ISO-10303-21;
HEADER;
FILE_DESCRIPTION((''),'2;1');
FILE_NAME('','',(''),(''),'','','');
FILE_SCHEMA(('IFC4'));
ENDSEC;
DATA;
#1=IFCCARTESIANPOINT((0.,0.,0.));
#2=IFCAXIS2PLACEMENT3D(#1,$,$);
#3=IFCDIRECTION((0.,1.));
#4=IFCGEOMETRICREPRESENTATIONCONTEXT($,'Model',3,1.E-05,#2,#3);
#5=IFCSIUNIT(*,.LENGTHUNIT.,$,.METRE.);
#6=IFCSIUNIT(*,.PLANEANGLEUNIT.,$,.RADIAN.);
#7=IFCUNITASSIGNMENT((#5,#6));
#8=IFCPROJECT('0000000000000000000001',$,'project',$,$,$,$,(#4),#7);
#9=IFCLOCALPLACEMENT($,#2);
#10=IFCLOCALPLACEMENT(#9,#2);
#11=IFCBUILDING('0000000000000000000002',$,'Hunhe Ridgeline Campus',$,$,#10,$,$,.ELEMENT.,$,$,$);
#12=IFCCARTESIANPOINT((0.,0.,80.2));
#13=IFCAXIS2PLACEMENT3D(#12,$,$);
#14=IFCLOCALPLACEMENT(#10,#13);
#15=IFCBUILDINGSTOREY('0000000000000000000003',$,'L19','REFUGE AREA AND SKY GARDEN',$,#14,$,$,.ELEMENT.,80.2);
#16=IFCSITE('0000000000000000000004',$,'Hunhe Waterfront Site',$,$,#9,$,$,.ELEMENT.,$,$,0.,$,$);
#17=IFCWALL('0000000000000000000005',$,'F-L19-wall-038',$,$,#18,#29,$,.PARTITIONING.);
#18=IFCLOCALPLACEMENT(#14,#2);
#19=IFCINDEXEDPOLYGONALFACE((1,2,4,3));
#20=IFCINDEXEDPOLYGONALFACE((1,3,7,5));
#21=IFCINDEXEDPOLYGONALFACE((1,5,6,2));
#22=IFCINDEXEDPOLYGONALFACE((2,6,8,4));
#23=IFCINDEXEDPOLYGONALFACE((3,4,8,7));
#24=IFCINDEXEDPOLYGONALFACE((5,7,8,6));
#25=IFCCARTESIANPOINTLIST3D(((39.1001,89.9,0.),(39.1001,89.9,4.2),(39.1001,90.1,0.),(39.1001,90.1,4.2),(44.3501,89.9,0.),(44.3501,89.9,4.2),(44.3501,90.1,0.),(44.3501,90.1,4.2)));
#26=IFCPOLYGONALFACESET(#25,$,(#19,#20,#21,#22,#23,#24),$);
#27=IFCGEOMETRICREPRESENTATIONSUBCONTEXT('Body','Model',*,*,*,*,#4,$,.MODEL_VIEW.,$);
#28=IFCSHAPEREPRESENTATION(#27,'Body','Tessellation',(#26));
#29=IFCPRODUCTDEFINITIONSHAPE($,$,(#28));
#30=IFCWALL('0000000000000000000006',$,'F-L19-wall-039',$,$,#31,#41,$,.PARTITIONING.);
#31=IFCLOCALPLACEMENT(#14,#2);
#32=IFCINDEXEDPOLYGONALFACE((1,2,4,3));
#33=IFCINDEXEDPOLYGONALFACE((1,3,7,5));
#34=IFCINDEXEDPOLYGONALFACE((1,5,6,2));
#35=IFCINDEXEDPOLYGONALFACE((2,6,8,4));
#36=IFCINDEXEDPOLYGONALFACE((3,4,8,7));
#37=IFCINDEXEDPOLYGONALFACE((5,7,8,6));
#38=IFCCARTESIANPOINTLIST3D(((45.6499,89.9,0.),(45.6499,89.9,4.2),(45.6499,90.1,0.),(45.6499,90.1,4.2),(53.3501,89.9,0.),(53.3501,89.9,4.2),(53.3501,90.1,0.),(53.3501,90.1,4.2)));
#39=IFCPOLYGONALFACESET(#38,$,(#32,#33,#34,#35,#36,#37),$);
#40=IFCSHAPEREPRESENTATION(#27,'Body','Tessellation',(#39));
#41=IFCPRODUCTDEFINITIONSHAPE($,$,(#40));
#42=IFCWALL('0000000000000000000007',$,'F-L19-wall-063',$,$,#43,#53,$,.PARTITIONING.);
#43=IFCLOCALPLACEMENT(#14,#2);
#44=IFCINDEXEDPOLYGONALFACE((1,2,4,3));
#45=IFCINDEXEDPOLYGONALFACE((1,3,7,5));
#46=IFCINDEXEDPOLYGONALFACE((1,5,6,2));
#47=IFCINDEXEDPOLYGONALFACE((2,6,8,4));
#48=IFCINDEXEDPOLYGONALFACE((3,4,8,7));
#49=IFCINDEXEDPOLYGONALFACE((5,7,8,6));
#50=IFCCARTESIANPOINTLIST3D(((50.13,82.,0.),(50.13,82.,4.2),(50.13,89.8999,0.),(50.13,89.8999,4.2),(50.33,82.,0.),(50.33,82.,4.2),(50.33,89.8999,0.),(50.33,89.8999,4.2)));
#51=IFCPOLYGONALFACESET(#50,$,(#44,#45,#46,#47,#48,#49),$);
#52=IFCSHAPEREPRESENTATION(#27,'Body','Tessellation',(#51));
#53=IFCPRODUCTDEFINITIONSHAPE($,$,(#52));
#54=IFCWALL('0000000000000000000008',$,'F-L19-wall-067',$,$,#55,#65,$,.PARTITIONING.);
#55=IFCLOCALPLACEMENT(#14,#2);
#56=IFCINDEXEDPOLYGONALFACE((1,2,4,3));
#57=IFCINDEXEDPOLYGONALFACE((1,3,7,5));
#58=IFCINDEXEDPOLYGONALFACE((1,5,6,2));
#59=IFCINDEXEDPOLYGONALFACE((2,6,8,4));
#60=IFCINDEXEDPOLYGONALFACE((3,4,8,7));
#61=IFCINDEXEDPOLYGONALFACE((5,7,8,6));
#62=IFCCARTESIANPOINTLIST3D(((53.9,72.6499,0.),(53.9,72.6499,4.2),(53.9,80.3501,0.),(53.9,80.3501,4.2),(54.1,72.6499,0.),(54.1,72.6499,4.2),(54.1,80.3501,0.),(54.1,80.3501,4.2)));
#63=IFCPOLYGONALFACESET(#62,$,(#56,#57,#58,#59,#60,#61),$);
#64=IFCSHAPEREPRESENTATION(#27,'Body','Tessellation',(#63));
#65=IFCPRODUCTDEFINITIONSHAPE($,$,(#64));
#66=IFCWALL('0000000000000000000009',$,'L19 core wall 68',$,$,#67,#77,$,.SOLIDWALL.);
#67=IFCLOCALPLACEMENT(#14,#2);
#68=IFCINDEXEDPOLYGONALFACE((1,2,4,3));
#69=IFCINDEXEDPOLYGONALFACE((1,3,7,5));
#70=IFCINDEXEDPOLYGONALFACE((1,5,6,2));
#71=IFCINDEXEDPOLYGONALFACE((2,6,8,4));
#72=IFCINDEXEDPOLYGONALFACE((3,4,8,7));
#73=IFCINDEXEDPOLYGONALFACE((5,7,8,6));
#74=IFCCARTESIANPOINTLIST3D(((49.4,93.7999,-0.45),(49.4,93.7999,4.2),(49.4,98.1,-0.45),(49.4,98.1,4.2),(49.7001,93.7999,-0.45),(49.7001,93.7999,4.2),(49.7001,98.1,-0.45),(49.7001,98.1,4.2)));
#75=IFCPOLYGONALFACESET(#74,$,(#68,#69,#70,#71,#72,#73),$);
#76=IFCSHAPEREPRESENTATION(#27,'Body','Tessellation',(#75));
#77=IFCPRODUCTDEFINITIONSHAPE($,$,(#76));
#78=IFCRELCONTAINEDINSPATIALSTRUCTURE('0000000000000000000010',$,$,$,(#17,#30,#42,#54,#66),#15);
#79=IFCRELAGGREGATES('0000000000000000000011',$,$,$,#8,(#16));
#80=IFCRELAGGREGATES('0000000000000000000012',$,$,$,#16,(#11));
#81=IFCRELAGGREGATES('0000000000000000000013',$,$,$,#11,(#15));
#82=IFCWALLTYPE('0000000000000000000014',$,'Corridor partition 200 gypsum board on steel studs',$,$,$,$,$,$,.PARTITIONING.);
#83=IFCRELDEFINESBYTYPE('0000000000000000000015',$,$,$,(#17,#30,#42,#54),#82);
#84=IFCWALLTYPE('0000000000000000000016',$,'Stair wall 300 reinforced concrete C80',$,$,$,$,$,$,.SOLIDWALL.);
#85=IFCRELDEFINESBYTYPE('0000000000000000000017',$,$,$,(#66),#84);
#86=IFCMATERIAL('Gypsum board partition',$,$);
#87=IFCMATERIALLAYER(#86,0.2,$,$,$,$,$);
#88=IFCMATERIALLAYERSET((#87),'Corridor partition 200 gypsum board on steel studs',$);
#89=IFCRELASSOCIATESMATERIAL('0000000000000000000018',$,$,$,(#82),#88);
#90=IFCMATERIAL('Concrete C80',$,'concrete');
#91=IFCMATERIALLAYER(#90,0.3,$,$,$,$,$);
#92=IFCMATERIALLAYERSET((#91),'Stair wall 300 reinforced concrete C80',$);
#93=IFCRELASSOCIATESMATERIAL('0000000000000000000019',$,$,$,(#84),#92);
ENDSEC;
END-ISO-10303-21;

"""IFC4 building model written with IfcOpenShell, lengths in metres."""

from ifc_helpers import new_model, si_unit, direction, frame, frame_2d, origin, place, context, subcontext, project, spatial, rectangle, extrude, material, layer, layer_set, type_object, element, save


model = new_model("IFC4")

# Units and contexts
model_context = context("Model", 3, precision=1e-05, world=origin(), true_north=direction((0.0, 1.0)))
body_context = subcontext(model_context, "Body", "Model", "MODEL_VIEW")
ifc_project = project(units=[si_unit("LENGTHUNIT", "METRE"), si_unit("PLANEANGLEUNIT", "RADIAN")], contexts=[model_context])

# Site, building, storey
site_placement = place(None, origin())
site = spatial("IfcSite", under=ifc_project, at=site_placement, Name="Hunhe Waterfront Site", CompositionType="ELEMENT", RefElevation=0.0)
building_placement = place(site_placement, origin())
building = spatial("IfcBuilding", under=site, at=building_placement, Name="Hunhe Ridgeline Campus", CompositionType="ELEMENT")
storey_placement = place(building_placement, frame((0.0, 0.0, 80.2)))
storey = spatial("IfcBuildingStorey", under=building, at=storey_placement, Name="L19", Description="REFUGE AREA AND SKY GARDEN", CompositionType="ELEMENT", Elevation=80.2)

# Shared definitions
ifc_material_1 = material(Name="Concrete C80", Category="concrete")

# Walls
ifc_material_2 = material(Name="Gypsum board partition")
ifc_layer_1 = layer(ifc_material_2, 0.2)
ifc_layer_set_1 = layer_set([ifc_layer_1], Name="Corridor partition 200 gypsum board on steel studs")
wall_type_1 = type_object("IfcWallType", Name="Corridor partition 200 gypsum board on steel studs", PredefinedType="PARTITIONING", material=ifc_layer_set_1)
wall_1_placement = place(storey_placement, frame((44.3501, 90.0, 0.0), z_axis=(0.0, 0.0, 1.0), x_axis=(-1.0, 0.0, 0.0)))
element("IfcWall", 1, at=wall_1_placement, inside=storey, type_object=wall_type_1, Name="F-L19-wall-038", PredefinedType="PARTITIONING", context=body_context, shape_type="SweptSolid", body=[
    extrude(rectangle(XDim=5.25, YDim=0.2, at=frame_2d((2.625, 0.0))), origin(), (0.0, 0.0, 1.0), 4.2),
])
wall_2_placement = place(storey_placement, frame((53.3501, 90.0, 0.0), z_axis=(0.0, 0.0, 1.0), x_axis=(-1.0, 0.0, 0.0)))
element("IfcWall", 2, at=wall_2_placement, inside=storey, type_object=wall_type_1, Name="F-L19-wall-039", PredefinedType="PARTITIONING", context=body_context, shape_type="SweptSolid", body=[
    extrude(rectangle(XDim=7.7002, YDim=0.2, at=frame_2d((3.8501, 0.0))), origin(), (0.0, 0.0, 1.0), 4.2),
])

# Walls
wall_3_placement = place(storey_placement, frame((50.23, 89.8999, 0.0), z_axis=(0.0, 0.0, 1.0), x_axis=(0.0, -1.0, 0.0)))
element("IfcWall", 3, at=wall_3_placement, inside=storey, type_object=wall_type_1, Name="F-L19-wall-063", PredefinedType="PARTITIONING", context=body_context, shape_type="SweptSolid", body=[
    extrude(rectangle(XDim=7.8999, YDim=0.2, at=frame_2d((3.95, 0.0))), origin(), (0.0, 0.0, 1.0), 4.2),
])
wall_4_placement = place(storey_placement, frame((54.0, 80.3501, 0.0), z_axis=(0.0, 0.0, 1.0), x_axis=(0.0, -1.0, 0.0)))
element("IfcWall", 4, at=wall_4_placement, inside=storey, type_object=wall_type_1, Name="F-L19-wall-067", PredefinedType="PARTITIONING", context=body_context, shape_type="SweptSolid", body=[
    extrude(rectangle(XDim=7.7002, YDim=0.2, at=frame_2d((3.8501, 0.0))), origin(), (0.0, 0.0, 1.0), 4.2),
])

# Shared definitions
ifc_layer_2 = layer(ifc_material_1, 0.3)
ifc_layer_set_2 = layer_set([ifc_layer_2], Name="Stair wall 300 reinforced concrete C80")
wall_type_2 = type_object("IfcWallType", Name="Stair wall 300 reinforced concrete C80", PredefinedType="SOLIDWALL", material=ifc_layer_set_2)

# Wall
wall_5_placement = place(storey_placement, frame((49.55, 93.8, -0.45), z_axis=(0.0, 0.0, 1.0), x_axis=(0.0, 1.0, 0.0)))
element("IfcWall", 5, at=wall_5_placement, inside=storey, type_object=wall_type_2, Name="L19 core wall 68", PredefinedType="SOLIDWALL", context=body_context, shape_type="SweptSolid", body=[
    extrude(rectangle(XDim=4.3, YDim=0.3, at=frame_2d((2.1499, 0.0))), origin(), (0.0, 0.0, 1.0), 4.6499),
])

save(model, "model.ifc")
